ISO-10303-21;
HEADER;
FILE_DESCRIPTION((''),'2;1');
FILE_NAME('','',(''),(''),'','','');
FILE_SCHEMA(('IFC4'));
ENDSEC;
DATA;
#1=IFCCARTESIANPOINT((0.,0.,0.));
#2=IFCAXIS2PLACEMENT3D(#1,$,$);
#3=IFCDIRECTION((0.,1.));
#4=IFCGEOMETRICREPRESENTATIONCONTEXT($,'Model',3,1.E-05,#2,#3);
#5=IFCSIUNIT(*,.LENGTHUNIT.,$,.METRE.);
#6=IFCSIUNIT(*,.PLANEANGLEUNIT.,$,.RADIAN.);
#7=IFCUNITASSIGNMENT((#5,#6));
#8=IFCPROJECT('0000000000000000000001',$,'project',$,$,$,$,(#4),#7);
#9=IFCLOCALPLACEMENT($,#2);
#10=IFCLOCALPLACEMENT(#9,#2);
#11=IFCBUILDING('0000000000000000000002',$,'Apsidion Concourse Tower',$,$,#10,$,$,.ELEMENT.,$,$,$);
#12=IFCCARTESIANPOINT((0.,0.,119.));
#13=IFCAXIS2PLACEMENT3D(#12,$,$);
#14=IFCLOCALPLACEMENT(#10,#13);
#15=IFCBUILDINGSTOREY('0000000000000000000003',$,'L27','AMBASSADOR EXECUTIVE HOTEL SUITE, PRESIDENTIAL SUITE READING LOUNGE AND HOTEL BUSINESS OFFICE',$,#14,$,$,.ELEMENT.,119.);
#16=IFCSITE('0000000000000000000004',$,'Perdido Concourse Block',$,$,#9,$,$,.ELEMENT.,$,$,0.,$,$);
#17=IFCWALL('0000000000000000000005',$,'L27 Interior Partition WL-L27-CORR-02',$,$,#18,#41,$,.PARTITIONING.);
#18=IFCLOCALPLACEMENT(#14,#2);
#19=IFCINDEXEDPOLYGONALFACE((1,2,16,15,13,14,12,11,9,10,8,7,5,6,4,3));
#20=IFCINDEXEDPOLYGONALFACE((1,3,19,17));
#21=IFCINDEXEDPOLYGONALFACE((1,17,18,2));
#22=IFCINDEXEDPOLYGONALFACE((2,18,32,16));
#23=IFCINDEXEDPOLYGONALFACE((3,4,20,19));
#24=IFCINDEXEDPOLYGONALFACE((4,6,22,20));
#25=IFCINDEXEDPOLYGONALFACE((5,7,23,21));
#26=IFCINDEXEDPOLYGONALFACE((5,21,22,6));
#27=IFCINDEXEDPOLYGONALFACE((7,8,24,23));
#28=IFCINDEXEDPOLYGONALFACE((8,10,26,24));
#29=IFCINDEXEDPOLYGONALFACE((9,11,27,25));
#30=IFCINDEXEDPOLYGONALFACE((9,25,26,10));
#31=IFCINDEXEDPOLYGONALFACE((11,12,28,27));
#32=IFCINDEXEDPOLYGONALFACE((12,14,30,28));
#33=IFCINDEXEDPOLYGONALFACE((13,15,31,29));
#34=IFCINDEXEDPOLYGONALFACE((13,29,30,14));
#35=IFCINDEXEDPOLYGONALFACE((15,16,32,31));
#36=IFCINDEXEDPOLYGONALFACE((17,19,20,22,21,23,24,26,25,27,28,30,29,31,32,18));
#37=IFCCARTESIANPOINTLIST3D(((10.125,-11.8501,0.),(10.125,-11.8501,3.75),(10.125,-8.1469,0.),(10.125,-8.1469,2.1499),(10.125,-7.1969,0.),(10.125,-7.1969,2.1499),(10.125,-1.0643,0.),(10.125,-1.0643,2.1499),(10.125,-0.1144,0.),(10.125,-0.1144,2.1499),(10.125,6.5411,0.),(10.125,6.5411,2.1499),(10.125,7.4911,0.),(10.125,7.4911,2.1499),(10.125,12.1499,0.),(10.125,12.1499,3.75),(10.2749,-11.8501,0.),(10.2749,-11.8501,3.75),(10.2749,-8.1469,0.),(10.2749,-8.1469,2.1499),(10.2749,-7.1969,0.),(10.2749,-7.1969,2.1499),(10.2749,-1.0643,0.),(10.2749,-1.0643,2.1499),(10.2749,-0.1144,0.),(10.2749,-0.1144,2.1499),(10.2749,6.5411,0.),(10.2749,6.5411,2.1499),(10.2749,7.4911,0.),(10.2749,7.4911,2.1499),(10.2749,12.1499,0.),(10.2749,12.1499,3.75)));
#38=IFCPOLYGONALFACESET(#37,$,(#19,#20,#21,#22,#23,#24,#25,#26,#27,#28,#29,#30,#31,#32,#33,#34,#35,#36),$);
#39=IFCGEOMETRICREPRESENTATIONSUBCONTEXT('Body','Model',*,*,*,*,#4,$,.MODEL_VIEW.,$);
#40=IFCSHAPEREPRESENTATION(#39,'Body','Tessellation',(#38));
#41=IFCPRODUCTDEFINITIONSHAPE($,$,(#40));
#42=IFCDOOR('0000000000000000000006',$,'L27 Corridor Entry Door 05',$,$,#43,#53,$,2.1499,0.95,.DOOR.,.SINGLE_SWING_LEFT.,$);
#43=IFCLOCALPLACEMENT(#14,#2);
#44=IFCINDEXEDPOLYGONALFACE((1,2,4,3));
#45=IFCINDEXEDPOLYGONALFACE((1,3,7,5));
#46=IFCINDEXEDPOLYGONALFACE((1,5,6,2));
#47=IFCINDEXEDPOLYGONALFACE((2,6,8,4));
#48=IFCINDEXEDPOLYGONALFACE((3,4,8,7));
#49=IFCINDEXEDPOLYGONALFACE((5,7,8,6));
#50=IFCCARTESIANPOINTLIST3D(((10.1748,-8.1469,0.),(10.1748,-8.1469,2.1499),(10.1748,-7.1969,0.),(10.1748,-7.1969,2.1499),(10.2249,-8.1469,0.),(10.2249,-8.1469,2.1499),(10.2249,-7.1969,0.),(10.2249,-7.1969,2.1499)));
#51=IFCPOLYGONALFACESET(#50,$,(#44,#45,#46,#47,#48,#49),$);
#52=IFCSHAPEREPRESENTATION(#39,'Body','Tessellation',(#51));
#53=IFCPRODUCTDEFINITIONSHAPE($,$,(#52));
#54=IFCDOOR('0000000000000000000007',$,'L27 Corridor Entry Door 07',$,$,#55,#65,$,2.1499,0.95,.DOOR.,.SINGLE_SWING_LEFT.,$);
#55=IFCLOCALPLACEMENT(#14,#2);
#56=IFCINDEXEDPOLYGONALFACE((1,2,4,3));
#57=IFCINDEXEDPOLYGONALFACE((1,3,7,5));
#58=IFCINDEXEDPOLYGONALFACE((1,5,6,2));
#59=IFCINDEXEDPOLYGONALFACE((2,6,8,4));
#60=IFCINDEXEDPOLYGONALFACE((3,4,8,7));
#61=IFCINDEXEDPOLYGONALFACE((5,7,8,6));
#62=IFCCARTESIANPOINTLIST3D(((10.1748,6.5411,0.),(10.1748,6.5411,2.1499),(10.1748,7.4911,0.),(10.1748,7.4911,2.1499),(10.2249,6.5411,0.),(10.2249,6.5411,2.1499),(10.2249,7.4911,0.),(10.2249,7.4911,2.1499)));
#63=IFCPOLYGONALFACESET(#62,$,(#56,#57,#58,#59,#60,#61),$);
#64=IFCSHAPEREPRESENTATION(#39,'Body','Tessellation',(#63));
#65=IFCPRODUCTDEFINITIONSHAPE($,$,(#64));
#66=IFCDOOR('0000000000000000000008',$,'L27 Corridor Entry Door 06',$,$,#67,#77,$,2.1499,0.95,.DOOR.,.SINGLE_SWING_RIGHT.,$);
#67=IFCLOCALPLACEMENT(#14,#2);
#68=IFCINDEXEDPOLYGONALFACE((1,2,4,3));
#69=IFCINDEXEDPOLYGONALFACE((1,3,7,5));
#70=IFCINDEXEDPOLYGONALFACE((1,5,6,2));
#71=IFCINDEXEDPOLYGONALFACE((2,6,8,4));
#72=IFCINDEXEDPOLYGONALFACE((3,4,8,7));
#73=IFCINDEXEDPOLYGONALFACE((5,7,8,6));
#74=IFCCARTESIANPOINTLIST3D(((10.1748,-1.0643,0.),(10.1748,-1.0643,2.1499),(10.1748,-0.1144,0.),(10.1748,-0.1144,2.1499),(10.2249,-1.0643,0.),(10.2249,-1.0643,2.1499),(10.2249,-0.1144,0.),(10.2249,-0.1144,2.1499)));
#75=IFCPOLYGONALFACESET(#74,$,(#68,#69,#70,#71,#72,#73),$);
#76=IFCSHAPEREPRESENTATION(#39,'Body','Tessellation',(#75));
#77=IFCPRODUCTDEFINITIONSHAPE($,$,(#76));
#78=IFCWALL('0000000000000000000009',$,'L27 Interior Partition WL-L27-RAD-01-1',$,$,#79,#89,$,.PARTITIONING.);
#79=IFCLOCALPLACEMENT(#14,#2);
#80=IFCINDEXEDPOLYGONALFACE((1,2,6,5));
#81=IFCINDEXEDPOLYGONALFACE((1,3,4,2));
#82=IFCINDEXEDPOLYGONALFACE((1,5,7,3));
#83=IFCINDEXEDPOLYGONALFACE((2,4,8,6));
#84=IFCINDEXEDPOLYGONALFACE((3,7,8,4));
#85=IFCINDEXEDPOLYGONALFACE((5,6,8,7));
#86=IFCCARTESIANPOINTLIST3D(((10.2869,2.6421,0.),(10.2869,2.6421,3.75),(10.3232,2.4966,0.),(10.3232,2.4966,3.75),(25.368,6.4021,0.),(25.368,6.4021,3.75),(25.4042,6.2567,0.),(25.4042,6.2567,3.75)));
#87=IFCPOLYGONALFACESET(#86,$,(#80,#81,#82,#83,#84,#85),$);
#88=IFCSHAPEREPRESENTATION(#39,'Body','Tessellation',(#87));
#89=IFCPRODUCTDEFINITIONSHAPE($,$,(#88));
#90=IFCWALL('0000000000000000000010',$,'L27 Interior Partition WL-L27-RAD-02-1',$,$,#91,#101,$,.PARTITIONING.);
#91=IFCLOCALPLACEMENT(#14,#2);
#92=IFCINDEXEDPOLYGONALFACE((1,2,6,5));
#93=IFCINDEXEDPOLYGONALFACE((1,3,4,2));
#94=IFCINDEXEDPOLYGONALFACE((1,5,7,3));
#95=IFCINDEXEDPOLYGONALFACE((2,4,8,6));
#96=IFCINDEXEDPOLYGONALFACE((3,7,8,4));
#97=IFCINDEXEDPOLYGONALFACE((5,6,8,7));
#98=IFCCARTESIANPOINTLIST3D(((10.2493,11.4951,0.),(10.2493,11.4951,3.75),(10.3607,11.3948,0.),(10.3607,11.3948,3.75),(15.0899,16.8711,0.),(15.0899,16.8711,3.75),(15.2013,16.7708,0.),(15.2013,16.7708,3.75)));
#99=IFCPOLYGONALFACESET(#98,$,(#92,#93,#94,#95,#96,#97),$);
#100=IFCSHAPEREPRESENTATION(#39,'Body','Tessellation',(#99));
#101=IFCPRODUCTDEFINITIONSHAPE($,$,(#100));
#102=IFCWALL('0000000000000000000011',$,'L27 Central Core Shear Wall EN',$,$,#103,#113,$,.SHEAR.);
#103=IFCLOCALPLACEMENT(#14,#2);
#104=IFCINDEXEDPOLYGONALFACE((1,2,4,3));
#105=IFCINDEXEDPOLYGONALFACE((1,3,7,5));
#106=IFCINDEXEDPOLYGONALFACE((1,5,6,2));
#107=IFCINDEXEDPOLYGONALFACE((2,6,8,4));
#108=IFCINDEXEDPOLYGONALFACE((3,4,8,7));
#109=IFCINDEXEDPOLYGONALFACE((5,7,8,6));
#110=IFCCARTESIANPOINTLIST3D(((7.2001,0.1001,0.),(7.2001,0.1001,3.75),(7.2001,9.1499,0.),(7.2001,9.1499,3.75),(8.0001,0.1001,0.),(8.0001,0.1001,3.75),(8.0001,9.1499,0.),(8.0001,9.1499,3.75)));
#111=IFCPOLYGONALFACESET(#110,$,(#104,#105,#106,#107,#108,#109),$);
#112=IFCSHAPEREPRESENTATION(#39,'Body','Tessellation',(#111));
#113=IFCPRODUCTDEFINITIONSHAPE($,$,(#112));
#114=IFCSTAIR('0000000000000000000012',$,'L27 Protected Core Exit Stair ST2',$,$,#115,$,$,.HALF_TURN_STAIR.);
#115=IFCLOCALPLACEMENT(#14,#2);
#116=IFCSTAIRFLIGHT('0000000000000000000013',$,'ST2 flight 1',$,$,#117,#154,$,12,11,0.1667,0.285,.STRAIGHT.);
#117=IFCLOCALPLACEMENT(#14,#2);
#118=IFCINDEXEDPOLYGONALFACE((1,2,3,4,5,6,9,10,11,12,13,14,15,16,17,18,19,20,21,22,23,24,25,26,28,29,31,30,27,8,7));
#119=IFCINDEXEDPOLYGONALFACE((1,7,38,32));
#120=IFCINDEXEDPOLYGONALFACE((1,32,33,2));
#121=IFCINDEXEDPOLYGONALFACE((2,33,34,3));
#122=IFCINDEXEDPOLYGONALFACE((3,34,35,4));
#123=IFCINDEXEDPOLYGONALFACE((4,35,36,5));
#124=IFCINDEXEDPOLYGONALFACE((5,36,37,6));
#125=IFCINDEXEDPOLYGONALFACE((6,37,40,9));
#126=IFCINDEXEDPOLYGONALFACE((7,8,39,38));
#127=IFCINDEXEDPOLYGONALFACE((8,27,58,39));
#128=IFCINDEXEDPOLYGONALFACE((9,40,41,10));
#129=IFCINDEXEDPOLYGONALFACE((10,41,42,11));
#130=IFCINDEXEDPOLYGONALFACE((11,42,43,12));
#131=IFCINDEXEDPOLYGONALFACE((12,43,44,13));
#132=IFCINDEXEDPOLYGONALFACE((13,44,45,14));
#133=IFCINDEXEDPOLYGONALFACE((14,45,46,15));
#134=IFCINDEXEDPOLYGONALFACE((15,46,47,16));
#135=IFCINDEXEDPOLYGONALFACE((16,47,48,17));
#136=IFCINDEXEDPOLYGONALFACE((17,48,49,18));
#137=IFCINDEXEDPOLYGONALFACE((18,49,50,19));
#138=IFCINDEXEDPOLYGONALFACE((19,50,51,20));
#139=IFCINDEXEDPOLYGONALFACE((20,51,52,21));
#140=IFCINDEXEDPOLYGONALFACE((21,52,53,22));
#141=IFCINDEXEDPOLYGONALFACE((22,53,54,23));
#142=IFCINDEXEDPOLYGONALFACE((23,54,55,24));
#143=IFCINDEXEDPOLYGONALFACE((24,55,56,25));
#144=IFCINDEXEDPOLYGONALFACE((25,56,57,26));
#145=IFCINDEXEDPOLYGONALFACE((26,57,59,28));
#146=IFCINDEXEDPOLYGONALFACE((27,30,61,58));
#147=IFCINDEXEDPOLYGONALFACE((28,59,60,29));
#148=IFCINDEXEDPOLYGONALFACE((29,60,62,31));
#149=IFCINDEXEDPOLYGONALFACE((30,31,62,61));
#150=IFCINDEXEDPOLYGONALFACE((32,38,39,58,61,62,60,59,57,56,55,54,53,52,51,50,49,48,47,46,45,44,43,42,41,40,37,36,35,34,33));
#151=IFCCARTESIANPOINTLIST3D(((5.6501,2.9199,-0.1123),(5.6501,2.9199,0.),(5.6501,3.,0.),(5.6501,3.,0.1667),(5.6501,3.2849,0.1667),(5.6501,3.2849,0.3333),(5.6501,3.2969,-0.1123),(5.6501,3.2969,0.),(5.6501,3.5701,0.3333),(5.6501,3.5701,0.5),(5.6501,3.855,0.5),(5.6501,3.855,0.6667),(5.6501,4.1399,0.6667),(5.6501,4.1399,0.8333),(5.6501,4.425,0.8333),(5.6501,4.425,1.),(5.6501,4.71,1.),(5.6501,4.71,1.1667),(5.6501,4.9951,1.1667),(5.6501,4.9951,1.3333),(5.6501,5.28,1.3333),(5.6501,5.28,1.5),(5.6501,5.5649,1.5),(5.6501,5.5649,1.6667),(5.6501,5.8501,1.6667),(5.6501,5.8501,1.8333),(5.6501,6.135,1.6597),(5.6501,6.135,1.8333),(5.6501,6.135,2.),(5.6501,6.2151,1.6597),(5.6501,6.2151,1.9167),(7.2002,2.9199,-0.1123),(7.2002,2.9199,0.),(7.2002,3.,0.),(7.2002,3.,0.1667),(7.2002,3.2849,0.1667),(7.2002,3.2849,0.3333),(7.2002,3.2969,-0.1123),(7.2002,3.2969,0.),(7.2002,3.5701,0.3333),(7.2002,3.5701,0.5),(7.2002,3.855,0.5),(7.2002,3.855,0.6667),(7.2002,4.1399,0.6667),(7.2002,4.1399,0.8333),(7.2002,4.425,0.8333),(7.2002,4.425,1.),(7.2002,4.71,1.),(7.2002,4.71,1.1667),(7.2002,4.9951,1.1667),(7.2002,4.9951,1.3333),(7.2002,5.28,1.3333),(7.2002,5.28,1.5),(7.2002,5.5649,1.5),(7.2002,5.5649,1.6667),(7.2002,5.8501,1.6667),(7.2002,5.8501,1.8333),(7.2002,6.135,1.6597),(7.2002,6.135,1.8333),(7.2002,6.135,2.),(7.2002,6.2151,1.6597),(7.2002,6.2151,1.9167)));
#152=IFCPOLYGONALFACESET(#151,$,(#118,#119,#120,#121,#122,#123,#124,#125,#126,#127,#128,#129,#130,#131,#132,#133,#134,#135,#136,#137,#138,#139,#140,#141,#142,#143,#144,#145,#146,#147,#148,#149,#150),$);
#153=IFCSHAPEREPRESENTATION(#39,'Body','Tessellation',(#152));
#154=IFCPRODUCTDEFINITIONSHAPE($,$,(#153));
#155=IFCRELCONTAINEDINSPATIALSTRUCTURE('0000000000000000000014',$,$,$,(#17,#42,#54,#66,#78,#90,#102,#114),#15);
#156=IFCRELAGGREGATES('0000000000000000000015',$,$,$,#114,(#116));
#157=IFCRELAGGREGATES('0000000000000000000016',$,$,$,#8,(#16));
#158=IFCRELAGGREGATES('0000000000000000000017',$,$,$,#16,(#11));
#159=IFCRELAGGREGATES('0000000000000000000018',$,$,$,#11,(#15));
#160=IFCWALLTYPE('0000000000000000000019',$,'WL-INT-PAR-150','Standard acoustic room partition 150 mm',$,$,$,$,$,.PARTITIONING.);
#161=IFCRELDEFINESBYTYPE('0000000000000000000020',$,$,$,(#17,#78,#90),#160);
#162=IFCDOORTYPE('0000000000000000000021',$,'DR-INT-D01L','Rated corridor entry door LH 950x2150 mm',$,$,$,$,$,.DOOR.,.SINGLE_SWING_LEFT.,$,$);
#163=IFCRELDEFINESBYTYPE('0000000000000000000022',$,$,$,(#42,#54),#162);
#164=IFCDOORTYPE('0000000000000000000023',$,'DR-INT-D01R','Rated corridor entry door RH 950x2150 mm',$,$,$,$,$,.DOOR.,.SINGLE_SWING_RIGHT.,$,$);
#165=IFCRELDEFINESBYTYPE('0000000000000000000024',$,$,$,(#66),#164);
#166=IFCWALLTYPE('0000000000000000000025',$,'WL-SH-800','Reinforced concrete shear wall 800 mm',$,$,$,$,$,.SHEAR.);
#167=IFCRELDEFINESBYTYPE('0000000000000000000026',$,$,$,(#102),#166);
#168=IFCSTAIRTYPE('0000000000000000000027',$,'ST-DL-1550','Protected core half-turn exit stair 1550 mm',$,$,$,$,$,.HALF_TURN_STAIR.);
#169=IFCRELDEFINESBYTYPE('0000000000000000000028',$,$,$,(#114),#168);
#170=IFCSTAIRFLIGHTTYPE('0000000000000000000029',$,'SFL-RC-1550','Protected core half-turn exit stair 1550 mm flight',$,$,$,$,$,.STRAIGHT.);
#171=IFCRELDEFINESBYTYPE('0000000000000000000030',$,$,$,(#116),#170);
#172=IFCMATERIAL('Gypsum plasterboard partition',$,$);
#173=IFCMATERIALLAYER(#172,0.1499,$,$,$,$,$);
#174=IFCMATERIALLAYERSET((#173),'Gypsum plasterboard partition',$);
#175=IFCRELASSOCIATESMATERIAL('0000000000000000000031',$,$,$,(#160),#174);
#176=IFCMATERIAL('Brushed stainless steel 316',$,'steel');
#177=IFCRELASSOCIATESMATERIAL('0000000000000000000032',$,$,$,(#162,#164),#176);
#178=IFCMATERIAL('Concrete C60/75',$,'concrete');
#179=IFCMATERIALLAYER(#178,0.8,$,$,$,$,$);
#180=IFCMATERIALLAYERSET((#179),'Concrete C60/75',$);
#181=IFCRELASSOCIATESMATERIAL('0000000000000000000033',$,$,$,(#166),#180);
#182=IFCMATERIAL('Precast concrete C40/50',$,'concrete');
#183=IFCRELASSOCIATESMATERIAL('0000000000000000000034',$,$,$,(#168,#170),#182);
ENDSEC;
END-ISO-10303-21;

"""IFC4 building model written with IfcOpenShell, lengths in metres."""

from ifc_helpers import new_model, si_unit, direction, frame, frame_2d, origin, place, context, subcontext, project, spatial, polyline, rectangle, outline, extrude, material, layer, layer_set, type_object, element, fill, aggregate, save


model = new_model("IFC4")

# Units and contexts
model_context = context("Model", 3, precision=1e-05, world=origin(), true_north=direction((0.0, 1.0)))
body_context = subcontext(model_context, "Body", "Model", "MODEL_VIEW")
ifc_project = project(units=[si_unit("LENGTHUNIT", "METRE"), si_unit("PLANEANGLEUNIT", "RADIAN")], contexts=[model_context])

# Site, building, storey
site_placement = place(None, origin())
site = spatial("IfcSite", under=ifc_project, at=site_placement, Name="Perdido Concourse Block", CompositionType="ELEMENT", RefElevation=0.0)
building_placement = place(site_placement, origin())
building = spatial("IfcBuilding", under=site, at=building_placement, Name="Apsidion Concourse Tower", CompositionType="ELEMENT")
storey_placement = place(building_placement, frame((0.0, 0.0, 119.0)))
storey = spatial("IfcBuildingStorey", under=building, at=storey_placement, Name="L27", Description="AMBASSADOR EXECUTIVE HOTEL SUITE, PRESIDENTIAL SUITE READING LOUNGE AND HOTEL BUSINESS OFFICE", CompositionType="ELEMENT", Elevation=119.0)

# Shared definitions
ifc_material_1 = material(Name="Concrete C60/75", Category="concrete")

# Shared definitions
ifc_material_2 = material(Name="Gypsum plasterboard partition")

# Wall, openings, doors
ifc_layer_1 = layer(ifc_material_2, 0.1499)
ifc_layer_set_1 = layer_set([ifc_layer_1], Name="Gypsum plasterboard partition")
wall_type_1 = type_object("IfcWallType", Name="WL-INT-PAR-150", Description="Standard acoustic room partition 150 mm", PredefinedType="PARTITIONING", material=ifc_layer_set_1)
wall_1_placement = place(storey_placement, frame((10.2, 12.1499, 0.0), z_axis=(0.0, 0.0, 1.0), x_axis=(0.0, -1.0, 0.0)))
wall_1 = element("IfcWall", 1, at=wall_1_placement, inside=storey, type_object=wall_type_1, Name="L27 Interior Partition WL-L27-CORR-02", PredefinedType="PARTITIONING", context=body_context, shape_type="SweptSolid", body=[
    extrude(rectangle(XDim=24.0, YDim=0.1499, at=frame_2d((12.0, 0.0))), origin(), (0.0, 0.0, 1.0), 3.75),
])
opening_1_placement = place(wall_1_placement, frame((19.3467, 0.0, 0.0)))
opening_1 = element("IfcOpeningElement", 2, at=opening_1_placement, cuts=wall_1, PredefinedType="OPENING", context=body_context, shape_type="SweptSolid", body=[
    extrude(rectangle(XDim=0.95, YDim=2.1499, at=frame_2d((0.4751, 1.075))), frame((0.0, 0.085, 0.0), z_axis=(0.0, -1.0, 0.0), x_axis=(1.0, 0.0, 0.0)), (0.0, 0.0, 1.0), 0.1699),
])
opening_2_placement = place(wall_1_placement, frame((12.2642, 0.0, 0.0)))
opening_2 = element("IfcOpeningElement", 3, at=opening_2_placement, cuts=wall_1, PredefinedType="OPENING", context=body_context, shape_type="SweptSolid", body=[
    extrude(rectangle(XDim=0.95, YDim=2.1499, at=frame_2d((0.4751, 1.075))), frame((0.0, 0.085, 0.0), z_axis=(0.0, -1.0, 0.0), x_axis=(1.0, 0.0, 0.0)), (0.0, 0.0, 1.0), 0.1699),
])
opening_3_placement = place(wall_1_placement, frame((4.6587, 0.0, 0.0)))
opening_3 = element("IfcOpeningElement", 4, at=opening_3_placement, cuts=wall_1, PredefinedType="OPENING", context=body_context, shape_type="SweptSolid", body=[
    extrude(rectangle(XDim=0.95, YDim=2.1499, at=frame_2d((0.4751, 1.075))), frame((0.0, 0.085, 0.0), z_axis=(0.0, -1.0, 0.0), x_axis=(1.0, 0.0, 0.0)), (0.0, 0.0, 1.0), 0.1699),
])
ifc_material_3 = material(Name="Brushed stainless steel 316", Category="steel")
door_type_1 = type_object("IfcDoorType", Name="DR-INT-D01L", Description="Rated corridor entry door LH 950x2150 mm", OperationType="SINGLE_SWING_LEFT", PredefinedType="DOOR", material=ifc_material_3)
door_1_placement = place(opening_1_placement, origin())
door_1 = element("IfcDoor", 5, at=door_1_placement, inside=storey, type_object=door_type_1, Name="L27 Corridor Entry Door 05", OperationType="SINGLE_SWING_LEFT", OverallHeight=2.1499, OverallWidth=0.95, PredefinedType="DOOR", context=body_context, shape_type="SweptSolid", body=[
    extrude(rectangle(XDim=0.95, YDim=2.1499, at=frame_2d((0.4751, 1.075))), frame((0.0, 0.0249, 0.0), z_axis=(0.0, -1.0, 0.0), x_axis=(1.0, 0.0, 0.0)), (0.0, 0.0, 1.0), 0.05),
])
fill(opening_1, door_1)
door_2_placement = place(opening_3_placement, origin())
door_2 = element("IfcDoor", 6, at=door_2_placement, inside=storey, type_object=door_type_1, Name="L27 Corridor Entry Door 07", OperationType="SINGLE_SWING_LEFT", OverallHeight=2.1499, OverallWidth=0.95, PredefinedType="DOOR", context=body_context, shape_type="SweptSolid", body=[
    extrude(rectangle(XDim=0.95, YDim=2.1499, at=frame_2d((0.4751, 1.075))), frame((0.0, 0.0249, 0.0), z_axis=(0.0, -1.0, 0.0), x_axis=(1.0, 0.0, 0.0)), (0.0, 0.0, 1.0), 0.05),
])
fill(opening_3, door_2)
door_type_2 = type_object("IfcDoorType", Name="DR-INT-D01R", Description="Rated corridor entry door RH 950x2150 mm", OperationType="SINGLE_SWING_RIGHT", PredefinedType="DOOR", material=ifc_material_3)
door_3_placement = place(opening_2_placement, origin())
door_3 = element("IfcDoor", 7, at=door_3_placement, inside=storey, type_object=door_type_2, Name="L27 Corridor Entry Door 06", OperationType="SINGLE_SWING_RIGHT", OverallHeight=2.1499, OverallWidth=0.95, PredefinedType="DOOR", context=body_context, shape_type="SweptSolid", body=[
    extrude(rectangle(XDim=0.95, YDim=2.1499, at=frame_2d((0.4751, 1.075))), frame((0.0, 0.0249, 0.0), z_axis=(0.0, -1.0, 0.0), x_axis=(1.0, 0.0, 0.0)), (0.0, 0.0, 1.0), 0.05),
])
fill(opening_2, door_3)

# Walls
wall_2_placement = place(storey_placement, frame((10.3049, 2.5693, 0.0), z_axis=(0.0, 0.0, 1.0), x_axis=(0.970298, 0.241915, 0.0)))
element("IfcWall", 8, at=wall_2_placement, inside=storey, type_object=wall_type_1, Name="L27 Interior Partition WL-L27-RAD-01-1", PredefinedType="PARTITIONING", context=body_context, shape_type="SweptSolid", body=[
    extrude(rectangle(XDim=15.5427, YDim=0.1499, at=frame_2d((7.7715, 0.0))), origin(), (0.0, 0.0, 1.0), 3.75),
])
wall_3_placement = place(storey_placement, frame((10.3049, 11.4448, 0.0), z_axis=(0.0, 0.0, 1.0), x_axis=(0.669133, 0.743143, 0.0)))
element("IfcWall", 9, at=wall_3_placement, inside=storey, type_object=wall_type_1, Name="L27 Interior Partition WL-L27-RAD-02-1", PredefinedType="PARTITIONING", context=body_context, shape_type="SweptSolid", body=[
    extrude(rectangle(XDim=7.2341, YDim=0.1499, at=frame_2d((3.6172, 0.0))), origin(), (0.0, 0.0, 1.0), 3.75),
])
ifc_layer_2 = layer(ifc_material_1, 0.8)
ifc_layer_set_2 = layer_set([ifc_layer_2], Name="Concrete C60/75")
wall_type_2 = type_object("IfcWallType", Name="WL-SH-800", Description="Reinforced concrete shear wall 800 mm", PredefinedType="SHEAR", material=ifc_layer_set_2)
wall_4_placement = place(storey_placement, frame((7.6001, 0.1001, 0.0), z_axis=(0.0, 0.0, 1.0), x_axis=(0.0, 1.0, 0.0)))
element("IfcWall", 10, at=wall_4_placement, inside=storey, type_object=wall_type_2, Name="L27 Central Core Shear Wall EN", PredefinedType="SHEAR", context=body_context, shape_type="SweptSolid", body=[
    extrude(rectangle(XDim=9.0498, YDim=0.8, at=frame_2d((4.5249, 0.0))), origin(), (0.0, 0.0, 1.0), 3.75),
])

# Stair, stair flight
ifc_material_4 = material(Name="Precast concrete C40/50", Category="concrete")
stair_type = type_object("IfcStairType", Name="ST-DL-1550", Description="Protected core half-turn exit stair 1550 mm", PredefinedType="HALF_TURN_STAIR", material=ifc_material_4)
stair_placement = place(storey_placement, origin())
stair = element("IfcStair", 11, at=stair_placement, inside=storey, type_object=stair_type, Name="L27 Protected Core Exit Stair ST2", PredefinedType="HALF_TURN_STAIR")
stair_flight_type = type_object("IfcStairFlightType", Name="SFL-RC-1550", Description="Protected core half-turn exit stair 1550 mm flight", PredefinedType="STRAIGHT", material=ifc_material_4)
stair_flight_placement = place(storey_placement, frame((6.425, 3.0, 0.0), z_axis=(0.0, 0.0, 1.0), x_axis=(0.0, 1.0, 0.0)))
stair_flight = element("IfcStairFlight", 12, at=stair_flight_placement, type_object=stair_flight_type, Name="ST2 flight 1", NumberOfRisers=12, NumberOfTreads=11, PredefinedType="STRAIGHT", RiserHeight=0.1667, TreadLength=0.285, context=body_context, shape_type="SweptSolid", body=[
    extrude(outline(polyline([(-0.0801, -0.1123), (-0.0801, 0.0), (0.0, 0.0), (0.0, 0.1667), (0.2849, 0.1667), (0.2849, 0.3333), (0.5701, 0.3333), (0.5701, 0.5), (0.855, 0.5), (0.855, 0.6667), (1.1399, 0.6667), (1.1399, 0.8333), (1.425, 0.8333), (1.425, 1.0), (1.71, 1.0), (1.71, 1.1667), (1.9951, 1.1667), (1.9951, 1.3333), (2.28, 1.3333), (2.28, 1.5), (2.5649, 1.5), (2.5649, 1.6667), (2.8501, 1.6667), (2.8501, 1.8333), (3.135, 1.8333), (3.135, 2.0), (3.2151, 1.9167), (3.2151, 1.6597), (3.135, 1.6597), (0.2969, 0.0), (0.2969, -0.1123), (-0.0801, -0.1123)])), frame((0.0, 0.7749, 0.0), z_axis=(0.0, -1.0, 0.0), x_axis=(1.0, 0.0, 0.0)), (0.0, 0.0, 1.0), 1.55),
])
aggregate(stair, [stair_flight])

save(model, "model.ifc")
